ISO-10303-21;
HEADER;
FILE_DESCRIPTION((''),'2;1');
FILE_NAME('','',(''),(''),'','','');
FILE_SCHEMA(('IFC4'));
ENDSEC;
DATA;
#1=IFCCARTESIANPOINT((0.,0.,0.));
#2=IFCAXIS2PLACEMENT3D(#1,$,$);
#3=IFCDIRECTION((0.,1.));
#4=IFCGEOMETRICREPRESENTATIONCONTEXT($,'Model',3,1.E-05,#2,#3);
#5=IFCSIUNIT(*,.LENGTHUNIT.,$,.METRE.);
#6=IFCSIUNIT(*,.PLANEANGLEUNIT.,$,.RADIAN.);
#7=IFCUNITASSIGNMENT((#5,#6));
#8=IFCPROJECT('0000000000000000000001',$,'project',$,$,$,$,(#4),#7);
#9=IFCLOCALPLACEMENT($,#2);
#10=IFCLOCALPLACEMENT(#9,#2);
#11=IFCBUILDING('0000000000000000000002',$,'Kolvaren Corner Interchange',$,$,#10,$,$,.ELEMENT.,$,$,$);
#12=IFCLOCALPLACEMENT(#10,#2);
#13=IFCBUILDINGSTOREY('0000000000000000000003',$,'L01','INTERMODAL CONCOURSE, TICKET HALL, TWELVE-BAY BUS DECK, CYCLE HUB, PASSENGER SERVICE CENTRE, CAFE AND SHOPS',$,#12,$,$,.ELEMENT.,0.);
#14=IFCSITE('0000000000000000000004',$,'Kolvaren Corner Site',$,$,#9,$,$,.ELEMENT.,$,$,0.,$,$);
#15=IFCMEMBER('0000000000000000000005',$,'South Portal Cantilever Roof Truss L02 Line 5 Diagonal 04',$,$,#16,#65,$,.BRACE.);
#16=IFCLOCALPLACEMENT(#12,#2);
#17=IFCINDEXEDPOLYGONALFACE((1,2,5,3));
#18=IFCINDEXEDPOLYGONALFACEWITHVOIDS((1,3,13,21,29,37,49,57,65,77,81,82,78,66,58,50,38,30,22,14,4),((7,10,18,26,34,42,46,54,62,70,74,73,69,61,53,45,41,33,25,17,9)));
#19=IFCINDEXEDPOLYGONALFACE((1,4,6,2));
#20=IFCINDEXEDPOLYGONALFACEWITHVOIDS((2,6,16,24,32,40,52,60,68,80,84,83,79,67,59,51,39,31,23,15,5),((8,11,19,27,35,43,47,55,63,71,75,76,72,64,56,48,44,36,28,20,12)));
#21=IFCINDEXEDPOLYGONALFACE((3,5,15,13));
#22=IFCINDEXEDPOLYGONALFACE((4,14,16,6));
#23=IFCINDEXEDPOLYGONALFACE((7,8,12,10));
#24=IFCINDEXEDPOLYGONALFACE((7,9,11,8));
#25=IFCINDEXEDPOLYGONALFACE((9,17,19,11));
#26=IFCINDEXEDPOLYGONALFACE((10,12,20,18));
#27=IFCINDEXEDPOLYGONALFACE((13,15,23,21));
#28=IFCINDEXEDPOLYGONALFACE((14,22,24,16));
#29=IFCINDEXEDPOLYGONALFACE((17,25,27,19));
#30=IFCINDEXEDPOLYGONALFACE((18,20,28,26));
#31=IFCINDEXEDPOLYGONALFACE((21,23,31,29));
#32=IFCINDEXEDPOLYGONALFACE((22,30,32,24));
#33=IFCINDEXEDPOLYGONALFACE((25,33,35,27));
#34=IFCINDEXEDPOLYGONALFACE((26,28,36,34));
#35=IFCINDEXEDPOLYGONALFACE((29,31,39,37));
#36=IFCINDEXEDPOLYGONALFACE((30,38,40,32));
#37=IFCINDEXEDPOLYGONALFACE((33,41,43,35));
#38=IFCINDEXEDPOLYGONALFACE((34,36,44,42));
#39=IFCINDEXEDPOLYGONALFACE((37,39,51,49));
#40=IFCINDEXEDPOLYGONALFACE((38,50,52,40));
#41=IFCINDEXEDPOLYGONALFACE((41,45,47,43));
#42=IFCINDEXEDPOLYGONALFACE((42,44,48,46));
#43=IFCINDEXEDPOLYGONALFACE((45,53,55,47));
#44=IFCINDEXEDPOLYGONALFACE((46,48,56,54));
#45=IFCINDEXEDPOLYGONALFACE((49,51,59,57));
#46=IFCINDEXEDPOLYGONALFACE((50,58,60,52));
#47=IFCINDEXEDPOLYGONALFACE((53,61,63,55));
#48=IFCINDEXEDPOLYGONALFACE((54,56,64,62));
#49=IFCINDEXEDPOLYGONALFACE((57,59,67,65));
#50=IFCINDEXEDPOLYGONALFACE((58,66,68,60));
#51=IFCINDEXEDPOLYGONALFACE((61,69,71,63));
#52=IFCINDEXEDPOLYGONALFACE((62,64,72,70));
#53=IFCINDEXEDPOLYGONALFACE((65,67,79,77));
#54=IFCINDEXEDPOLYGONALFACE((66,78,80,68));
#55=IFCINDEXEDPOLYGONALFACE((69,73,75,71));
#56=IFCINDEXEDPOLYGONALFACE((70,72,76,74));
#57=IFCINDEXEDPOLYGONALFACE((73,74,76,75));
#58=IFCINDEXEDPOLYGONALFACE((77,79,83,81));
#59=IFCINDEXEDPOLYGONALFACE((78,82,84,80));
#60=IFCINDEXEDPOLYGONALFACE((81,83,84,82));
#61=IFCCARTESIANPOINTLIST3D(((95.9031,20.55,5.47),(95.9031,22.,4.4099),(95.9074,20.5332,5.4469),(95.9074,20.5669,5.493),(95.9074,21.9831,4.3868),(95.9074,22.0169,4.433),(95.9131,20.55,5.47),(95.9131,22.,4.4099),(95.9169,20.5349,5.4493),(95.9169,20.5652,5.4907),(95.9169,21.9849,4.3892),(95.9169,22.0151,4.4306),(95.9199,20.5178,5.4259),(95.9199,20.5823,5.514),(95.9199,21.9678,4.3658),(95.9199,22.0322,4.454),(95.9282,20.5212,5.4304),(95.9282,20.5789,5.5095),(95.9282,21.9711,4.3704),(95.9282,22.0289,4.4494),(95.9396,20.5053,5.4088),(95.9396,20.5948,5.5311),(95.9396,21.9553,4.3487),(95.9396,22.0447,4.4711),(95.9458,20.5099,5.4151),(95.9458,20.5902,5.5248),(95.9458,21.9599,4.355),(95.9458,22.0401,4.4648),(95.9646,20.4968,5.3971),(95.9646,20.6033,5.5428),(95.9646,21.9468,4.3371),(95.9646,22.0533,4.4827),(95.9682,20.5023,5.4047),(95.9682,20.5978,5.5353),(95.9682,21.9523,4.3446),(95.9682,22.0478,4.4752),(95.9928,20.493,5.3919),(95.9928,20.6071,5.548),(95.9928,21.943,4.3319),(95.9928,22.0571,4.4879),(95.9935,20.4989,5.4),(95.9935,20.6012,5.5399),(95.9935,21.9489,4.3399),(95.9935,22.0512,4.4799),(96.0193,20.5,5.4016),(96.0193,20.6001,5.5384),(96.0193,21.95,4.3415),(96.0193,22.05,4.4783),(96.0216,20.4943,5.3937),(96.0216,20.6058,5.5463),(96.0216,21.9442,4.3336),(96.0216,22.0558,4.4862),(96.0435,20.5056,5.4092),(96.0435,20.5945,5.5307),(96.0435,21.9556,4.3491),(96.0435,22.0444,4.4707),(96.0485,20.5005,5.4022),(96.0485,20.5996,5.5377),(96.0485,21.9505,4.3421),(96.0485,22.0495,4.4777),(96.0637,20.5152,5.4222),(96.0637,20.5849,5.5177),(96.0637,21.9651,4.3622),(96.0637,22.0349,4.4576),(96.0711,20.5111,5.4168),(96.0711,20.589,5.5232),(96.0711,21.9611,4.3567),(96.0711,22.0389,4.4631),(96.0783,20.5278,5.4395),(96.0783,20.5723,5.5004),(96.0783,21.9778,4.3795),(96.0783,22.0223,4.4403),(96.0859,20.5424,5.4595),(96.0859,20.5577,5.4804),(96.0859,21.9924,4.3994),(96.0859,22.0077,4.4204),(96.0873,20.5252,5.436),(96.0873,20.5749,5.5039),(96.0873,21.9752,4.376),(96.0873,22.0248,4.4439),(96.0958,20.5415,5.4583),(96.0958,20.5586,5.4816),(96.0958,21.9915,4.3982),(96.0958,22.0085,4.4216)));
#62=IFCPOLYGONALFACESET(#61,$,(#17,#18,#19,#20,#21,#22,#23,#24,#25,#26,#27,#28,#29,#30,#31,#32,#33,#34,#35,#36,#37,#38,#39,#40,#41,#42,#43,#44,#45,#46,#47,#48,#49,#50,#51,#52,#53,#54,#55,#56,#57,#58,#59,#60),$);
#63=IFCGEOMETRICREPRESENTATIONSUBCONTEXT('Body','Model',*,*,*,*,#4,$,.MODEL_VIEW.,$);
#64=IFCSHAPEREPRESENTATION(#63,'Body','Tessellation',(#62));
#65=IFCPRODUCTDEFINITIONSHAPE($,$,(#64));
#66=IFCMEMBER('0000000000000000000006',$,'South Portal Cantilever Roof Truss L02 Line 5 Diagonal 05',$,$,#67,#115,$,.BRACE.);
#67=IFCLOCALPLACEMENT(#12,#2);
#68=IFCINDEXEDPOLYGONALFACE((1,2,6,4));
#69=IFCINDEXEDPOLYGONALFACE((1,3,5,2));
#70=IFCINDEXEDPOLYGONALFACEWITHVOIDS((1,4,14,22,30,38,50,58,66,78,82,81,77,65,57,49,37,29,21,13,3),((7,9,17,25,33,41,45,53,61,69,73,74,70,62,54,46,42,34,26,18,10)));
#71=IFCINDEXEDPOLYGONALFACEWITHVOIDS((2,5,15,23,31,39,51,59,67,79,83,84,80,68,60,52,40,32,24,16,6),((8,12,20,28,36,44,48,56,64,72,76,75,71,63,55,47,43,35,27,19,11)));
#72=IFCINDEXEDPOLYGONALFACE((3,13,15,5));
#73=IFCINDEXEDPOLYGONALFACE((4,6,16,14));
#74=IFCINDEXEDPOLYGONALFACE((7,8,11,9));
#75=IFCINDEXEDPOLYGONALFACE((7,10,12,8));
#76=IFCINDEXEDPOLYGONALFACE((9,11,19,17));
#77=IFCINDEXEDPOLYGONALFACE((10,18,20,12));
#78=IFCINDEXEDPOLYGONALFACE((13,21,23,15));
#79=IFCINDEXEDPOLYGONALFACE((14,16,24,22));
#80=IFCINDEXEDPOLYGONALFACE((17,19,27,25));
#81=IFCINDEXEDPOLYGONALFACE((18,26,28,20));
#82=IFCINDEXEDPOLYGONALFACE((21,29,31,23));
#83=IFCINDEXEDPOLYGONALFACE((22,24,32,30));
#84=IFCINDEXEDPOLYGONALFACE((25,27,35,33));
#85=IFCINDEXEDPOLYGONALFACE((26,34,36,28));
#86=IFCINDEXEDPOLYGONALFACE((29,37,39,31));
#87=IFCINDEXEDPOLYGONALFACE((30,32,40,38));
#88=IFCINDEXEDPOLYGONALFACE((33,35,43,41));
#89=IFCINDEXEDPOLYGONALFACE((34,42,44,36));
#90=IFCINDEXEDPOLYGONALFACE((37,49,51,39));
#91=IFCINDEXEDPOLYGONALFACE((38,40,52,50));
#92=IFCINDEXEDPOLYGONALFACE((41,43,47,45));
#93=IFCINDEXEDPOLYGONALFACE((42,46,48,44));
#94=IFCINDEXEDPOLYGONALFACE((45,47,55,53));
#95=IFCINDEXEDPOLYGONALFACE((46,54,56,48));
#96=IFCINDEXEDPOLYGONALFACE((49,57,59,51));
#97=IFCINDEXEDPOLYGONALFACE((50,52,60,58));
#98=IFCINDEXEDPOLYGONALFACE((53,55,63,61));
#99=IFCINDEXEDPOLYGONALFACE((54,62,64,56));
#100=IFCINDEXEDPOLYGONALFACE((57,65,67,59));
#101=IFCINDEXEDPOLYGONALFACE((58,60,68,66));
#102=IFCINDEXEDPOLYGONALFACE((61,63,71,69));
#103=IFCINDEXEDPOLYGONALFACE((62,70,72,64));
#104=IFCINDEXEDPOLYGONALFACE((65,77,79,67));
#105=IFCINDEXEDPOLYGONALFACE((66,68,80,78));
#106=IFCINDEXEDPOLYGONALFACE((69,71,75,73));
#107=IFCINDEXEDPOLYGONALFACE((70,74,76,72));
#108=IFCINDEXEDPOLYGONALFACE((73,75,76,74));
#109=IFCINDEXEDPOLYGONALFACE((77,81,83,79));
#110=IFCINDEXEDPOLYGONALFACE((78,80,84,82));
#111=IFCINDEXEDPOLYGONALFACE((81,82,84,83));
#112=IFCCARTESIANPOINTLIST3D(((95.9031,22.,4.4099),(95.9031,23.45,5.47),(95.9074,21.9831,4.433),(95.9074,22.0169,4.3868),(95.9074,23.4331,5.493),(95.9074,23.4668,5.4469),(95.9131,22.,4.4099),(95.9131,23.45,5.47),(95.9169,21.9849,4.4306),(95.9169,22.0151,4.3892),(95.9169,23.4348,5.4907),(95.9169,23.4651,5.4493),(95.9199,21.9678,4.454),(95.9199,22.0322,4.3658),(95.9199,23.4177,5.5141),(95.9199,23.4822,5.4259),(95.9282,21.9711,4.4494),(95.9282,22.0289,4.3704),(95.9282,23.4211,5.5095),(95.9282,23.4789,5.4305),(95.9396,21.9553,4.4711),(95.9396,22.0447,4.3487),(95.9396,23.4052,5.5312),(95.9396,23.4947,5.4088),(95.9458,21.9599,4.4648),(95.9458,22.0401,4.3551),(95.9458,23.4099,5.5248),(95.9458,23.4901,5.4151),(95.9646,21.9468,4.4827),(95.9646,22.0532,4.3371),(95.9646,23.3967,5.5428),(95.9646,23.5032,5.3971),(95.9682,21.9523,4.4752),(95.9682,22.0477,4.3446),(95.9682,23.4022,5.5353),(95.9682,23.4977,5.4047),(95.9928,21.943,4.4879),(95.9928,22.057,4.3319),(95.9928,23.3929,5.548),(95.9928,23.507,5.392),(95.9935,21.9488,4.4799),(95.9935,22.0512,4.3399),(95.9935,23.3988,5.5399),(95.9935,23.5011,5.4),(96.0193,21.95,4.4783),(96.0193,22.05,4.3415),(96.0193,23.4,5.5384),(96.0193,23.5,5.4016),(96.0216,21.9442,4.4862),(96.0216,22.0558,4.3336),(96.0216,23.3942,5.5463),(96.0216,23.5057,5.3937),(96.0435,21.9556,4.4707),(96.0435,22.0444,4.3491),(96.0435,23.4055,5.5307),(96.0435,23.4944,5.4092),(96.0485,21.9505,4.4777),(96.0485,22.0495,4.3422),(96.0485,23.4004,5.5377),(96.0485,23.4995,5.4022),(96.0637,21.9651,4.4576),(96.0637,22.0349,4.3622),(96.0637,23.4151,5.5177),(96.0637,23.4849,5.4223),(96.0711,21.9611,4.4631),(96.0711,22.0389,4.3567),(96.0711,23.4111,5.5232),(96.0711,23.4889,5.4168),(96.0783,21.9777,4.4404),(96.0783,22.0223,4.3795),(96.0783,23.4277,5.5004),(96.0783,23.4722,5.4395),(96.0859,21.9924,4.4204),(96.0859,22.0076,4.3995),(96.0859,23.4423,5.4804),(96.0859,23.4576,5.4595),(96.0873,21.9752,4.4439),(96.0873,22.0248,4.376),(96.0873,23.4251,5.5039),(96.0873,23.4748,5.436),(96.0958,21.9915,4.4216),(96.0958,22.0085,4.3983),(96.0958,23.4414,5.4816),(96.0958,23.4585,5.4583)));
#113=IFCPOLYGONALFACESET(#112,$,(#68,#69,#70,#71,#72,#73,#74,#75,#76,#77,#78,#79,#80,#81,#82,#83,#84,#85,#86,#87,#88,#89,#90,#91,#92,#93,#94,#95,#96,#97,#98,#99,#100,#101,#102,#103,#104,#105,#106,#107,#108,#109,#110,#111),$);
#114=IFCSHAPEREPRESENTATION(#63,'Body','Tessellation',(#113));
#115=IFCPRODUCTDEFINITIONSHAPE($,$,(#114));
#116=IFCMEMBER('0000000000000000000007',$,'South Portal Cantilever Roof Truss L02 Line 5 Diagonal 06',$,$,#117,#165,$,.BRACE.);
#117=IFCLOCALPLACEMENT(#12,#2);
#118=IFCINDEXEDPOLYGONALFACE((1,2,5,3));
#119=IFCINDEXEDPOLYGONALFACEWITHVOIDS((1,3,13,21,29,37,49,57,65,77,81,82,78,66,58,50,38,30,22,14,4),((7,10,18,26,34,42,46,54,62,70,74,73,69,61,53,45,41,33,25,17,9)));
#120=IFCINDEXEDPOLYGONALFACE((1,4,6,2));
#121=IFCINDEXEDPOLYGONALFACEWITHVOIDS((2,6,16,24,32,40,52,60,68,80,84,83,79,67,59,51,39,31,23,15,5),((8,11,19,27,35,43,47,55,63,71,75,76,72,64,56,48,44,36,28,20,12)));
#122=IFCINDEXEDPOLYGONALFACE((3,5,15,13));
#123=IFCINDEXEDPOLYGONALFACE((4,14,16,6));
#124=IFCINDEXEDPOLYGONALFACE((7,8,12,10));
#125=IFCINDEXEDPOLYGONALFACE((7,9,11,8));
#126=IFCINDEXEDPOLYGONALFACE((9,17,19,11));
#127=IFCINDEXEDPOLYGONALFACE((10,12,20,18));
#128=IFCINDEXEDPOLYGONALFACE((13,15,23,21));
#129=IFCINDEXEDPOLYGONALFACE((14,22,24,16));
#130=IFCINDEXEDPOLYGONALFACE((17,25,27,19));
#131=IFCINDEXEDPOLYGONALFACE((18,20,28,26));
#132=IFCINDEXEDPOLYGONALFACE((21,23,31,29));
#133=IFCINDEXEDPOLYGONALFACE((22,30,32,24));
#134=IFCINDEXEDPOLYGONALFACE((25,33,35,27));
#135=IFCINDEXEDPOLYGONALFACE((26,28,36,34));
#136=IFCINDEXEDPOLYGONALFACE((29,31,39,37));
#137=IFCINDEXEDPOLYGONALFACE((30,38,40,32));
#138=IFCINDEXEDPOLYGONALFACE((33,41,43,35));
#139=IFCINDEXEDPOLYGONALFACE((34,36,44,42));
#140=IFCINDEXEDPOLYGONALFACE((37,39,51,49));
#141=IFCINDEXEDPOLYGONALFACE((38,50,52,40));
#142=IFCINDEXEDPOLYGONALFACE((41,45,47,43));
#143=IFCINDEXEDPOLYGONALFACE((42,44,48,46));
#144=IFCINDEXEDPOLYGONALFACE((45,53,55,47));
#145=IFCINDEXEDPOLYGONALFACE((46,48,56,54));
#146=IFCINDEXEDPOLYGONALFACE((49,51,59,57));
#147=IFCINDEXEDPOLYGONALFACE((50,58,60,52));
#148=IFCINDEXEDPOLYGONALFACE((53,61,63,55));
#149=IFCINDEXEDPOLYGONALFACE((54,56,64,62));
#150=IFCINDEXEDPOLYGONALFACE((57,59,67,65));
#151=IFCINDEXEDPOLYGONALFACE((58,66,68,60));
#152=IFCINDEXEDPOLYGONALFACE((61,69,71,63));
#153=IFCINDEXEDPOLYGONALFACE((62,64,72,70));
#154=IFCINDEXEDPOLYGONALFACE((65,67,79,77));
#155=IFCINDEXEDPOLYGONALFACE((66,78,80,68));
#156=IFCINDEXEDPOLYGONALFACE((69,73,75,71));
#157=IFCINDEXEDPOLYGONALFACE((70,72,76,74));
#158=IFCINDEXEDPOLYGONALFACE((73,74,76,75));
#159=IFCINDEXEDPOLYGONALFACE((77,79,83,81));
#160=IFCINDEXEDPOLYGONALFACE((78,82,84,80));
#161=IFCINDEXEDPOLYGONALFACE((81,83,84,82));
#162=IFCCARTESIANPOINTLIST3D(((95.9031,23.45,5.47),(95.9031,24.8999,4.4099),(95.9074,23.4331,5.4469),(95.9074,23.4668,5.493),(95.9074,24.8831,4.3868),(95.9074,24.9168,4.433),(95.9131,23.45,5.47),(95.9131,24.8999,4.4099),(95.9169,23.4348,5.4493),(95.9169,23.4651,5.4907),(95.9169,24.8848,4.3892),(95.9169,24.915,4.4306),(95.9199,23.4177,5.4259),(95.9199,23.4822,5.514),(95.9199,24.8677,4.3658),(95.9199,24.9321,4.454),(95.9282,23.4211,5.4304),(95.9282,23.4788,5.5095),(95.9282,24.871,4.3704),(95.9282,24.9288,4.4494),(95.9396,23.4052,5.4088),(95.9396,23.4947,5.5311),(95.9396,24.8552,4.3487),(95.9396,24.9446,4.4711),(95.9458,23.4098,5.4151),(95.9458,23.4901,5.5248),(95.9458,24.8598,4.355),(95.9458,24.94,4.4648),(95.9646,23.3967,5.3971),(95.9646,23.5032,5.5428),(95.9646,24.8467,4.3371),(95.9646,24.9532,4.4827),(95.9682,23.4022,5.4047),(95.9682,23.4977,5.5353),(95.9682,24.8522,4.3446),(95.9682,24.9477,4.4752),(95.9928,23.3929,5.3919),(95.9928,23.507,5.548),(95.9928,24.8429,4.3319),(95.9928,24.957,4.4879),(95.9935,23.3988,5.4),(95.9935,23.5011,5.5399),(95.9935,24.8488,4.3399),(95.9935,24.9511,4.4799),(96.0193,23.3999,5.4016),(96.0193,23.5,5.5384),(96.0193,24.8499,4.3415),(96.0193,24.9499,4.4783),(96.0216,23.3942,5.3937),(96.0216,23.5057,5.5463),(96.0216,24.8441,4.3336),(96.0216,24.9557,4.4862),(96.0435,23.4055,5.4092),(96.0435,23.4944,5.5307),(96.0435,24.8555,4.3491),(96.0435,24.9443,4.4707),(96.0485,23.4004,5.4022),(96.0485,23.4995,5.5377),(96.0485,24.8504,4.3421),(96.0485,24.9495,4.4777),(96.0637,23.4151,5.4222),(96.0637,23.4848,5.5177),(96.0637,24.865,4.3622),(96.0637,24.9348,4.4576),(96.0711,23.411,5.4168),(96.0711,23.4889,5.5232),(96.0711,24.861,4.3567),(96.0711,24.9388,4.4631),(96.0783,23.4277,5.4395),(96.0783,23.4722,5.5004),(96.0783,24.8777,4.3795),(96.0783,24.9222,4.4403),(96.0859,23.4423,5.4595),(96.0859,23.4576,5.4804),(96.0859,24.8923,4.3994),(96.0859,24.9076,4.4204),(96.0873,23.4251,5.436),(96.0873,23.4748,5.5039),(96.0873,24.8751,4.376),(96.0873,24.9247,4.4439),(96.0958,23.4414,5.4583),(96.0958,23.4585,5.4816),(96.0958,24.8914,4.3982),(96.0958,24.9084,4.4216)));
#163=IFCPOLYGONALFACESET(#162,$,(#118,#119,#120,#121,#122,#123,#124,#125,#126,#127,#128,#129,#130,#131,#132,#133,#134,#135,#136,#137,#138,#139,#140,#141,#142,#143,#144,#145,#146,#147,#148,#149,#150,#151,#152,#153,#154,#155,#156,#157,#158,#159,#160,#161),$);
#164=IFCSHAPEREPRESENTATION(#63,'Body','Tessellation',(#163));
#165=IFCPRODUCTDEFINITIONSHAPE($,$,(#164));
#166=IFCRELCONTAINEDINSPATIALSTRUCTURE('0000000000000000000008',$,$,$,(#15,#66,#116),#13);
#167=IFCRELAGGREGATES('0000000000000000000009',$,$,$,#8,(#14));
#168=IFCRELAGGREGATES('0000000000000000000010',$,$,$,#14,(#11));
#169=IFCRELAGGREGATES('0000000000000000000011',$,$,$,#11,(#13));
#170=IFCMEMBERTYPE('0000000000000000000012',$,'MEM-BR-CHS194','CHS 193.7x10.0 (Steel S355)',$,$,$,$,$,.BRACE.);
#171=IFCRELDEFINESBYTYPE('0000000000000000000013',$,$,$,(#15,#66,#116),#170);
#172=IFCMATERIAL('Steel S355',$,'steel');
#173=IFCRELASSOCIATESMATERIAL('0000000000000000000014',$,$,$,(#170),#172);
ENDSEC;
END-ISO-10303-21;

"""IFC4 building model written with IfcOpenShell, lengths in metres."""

from ifc_helpers import new_model, si_unit, direction, frame, origin, origin_2d, place, context, subcontext, project, spatial, hollow_circle, extrude, material, material_profile, profile_set, type_object, element, save


model = new_model("IFC4")

# Units and contexts
model_context = context("Model", 3, precision=1e-05, world=origin(), true_north=direction((0.0, 1.0)))
body_context = subcontext(model_context, "Body", "Model", "MODEL_VIEW")
ifc_project = project(units=[si_unit("LENGTHUNIT", "METRE"), si_unit("PLANEANGLEUNIT", "RADIAN")], contexts=[model_context])

# Site, building, storey
site_placement = place(None, origin())
site = spatial("IfcSite", under=ifc_project, at=site_placement, Name="Kolvaren Corner Site", CompositionType="ELEMENT", RefElevation=0.0)
building_placement = place(site_placement, origin())
building = spatial("IfcBuilding", under=site, at=building_placement, Name="Kolvaren Corner Interchange", CompositionType="ELEMENT")
storey_placement = place(building_placement, origin())
storey = spatial("IfcBuildingStorey", under=building, at=storey_placement, Name="L01", Description="INTERMODAL CONCOURSE, TICKET HALL, TWELVE-BAY BUS DECK, CYCLE HUB, PASSENGER SERVICE CENTRE, CAFE AND SHOPS", CompositionType="ELEMENT", Elevation=0.0)

# Members
ifc_material_1 = material(Name="Steel S355", Category="steel")
ifc_material_profile_1 = material_profile(ifc_material_1, hollow_circle(Radius=0.0969, WallThickness=0.01, at=origin_2d()), Name="CHS 193.7x10.0")
ifc_profile_set_1 = profile_set([ifc_material_profile_1], Name="Steel S355")
member_type_1 = type_object("IfcMemberType", Name="MEM-BR-CHS194", Description="CHS 193.7x10.0 (Steel S355)", PredefinedType="BRACE", material=ifc_profile_set_1)
for number, where, z_axis, x_axis, name in (
    (1, (96.0, 20.55, 5.47), (0.0, 0.807264, -0.59019), (-1.0, 0.0, 0.0), "South Portal Cantilever Roof Truss L02 Line 5 Diagonal 04"),
    (2, (96.0, 22.0, 4.4099), (0.0, 0.807264, 0.59019), (-1.0, 0.0, 0.0), "South Portal Cantilever Roof Truss L02 Line 5 Diagonal 05"),
    (3, (96.0, 23.45, 5.47), (0.0, 0.807264, -0.59019), (-1.0, 0.0, 0.0), "South Portal Cantilever Roof Truss L02 Line 5 Diagonal 06"),
):
    element("IfcMember", number, at=place(storey_placement, frame(where, z_axis=z_axis, x_axis=x_axis)), inside=storey, type_object=member_type_1, Name=name, PredefinedType="BRACE", context=body_context, shape_type="SweptSolid", body=[
        extrude(hollow_circle(Radius=0.0969, WallThickness=0.01, at=origin_2d()), origin(), (0.0, 0.0, 1.0), 1.7961),
    ])

save(model, "model.ifc")
